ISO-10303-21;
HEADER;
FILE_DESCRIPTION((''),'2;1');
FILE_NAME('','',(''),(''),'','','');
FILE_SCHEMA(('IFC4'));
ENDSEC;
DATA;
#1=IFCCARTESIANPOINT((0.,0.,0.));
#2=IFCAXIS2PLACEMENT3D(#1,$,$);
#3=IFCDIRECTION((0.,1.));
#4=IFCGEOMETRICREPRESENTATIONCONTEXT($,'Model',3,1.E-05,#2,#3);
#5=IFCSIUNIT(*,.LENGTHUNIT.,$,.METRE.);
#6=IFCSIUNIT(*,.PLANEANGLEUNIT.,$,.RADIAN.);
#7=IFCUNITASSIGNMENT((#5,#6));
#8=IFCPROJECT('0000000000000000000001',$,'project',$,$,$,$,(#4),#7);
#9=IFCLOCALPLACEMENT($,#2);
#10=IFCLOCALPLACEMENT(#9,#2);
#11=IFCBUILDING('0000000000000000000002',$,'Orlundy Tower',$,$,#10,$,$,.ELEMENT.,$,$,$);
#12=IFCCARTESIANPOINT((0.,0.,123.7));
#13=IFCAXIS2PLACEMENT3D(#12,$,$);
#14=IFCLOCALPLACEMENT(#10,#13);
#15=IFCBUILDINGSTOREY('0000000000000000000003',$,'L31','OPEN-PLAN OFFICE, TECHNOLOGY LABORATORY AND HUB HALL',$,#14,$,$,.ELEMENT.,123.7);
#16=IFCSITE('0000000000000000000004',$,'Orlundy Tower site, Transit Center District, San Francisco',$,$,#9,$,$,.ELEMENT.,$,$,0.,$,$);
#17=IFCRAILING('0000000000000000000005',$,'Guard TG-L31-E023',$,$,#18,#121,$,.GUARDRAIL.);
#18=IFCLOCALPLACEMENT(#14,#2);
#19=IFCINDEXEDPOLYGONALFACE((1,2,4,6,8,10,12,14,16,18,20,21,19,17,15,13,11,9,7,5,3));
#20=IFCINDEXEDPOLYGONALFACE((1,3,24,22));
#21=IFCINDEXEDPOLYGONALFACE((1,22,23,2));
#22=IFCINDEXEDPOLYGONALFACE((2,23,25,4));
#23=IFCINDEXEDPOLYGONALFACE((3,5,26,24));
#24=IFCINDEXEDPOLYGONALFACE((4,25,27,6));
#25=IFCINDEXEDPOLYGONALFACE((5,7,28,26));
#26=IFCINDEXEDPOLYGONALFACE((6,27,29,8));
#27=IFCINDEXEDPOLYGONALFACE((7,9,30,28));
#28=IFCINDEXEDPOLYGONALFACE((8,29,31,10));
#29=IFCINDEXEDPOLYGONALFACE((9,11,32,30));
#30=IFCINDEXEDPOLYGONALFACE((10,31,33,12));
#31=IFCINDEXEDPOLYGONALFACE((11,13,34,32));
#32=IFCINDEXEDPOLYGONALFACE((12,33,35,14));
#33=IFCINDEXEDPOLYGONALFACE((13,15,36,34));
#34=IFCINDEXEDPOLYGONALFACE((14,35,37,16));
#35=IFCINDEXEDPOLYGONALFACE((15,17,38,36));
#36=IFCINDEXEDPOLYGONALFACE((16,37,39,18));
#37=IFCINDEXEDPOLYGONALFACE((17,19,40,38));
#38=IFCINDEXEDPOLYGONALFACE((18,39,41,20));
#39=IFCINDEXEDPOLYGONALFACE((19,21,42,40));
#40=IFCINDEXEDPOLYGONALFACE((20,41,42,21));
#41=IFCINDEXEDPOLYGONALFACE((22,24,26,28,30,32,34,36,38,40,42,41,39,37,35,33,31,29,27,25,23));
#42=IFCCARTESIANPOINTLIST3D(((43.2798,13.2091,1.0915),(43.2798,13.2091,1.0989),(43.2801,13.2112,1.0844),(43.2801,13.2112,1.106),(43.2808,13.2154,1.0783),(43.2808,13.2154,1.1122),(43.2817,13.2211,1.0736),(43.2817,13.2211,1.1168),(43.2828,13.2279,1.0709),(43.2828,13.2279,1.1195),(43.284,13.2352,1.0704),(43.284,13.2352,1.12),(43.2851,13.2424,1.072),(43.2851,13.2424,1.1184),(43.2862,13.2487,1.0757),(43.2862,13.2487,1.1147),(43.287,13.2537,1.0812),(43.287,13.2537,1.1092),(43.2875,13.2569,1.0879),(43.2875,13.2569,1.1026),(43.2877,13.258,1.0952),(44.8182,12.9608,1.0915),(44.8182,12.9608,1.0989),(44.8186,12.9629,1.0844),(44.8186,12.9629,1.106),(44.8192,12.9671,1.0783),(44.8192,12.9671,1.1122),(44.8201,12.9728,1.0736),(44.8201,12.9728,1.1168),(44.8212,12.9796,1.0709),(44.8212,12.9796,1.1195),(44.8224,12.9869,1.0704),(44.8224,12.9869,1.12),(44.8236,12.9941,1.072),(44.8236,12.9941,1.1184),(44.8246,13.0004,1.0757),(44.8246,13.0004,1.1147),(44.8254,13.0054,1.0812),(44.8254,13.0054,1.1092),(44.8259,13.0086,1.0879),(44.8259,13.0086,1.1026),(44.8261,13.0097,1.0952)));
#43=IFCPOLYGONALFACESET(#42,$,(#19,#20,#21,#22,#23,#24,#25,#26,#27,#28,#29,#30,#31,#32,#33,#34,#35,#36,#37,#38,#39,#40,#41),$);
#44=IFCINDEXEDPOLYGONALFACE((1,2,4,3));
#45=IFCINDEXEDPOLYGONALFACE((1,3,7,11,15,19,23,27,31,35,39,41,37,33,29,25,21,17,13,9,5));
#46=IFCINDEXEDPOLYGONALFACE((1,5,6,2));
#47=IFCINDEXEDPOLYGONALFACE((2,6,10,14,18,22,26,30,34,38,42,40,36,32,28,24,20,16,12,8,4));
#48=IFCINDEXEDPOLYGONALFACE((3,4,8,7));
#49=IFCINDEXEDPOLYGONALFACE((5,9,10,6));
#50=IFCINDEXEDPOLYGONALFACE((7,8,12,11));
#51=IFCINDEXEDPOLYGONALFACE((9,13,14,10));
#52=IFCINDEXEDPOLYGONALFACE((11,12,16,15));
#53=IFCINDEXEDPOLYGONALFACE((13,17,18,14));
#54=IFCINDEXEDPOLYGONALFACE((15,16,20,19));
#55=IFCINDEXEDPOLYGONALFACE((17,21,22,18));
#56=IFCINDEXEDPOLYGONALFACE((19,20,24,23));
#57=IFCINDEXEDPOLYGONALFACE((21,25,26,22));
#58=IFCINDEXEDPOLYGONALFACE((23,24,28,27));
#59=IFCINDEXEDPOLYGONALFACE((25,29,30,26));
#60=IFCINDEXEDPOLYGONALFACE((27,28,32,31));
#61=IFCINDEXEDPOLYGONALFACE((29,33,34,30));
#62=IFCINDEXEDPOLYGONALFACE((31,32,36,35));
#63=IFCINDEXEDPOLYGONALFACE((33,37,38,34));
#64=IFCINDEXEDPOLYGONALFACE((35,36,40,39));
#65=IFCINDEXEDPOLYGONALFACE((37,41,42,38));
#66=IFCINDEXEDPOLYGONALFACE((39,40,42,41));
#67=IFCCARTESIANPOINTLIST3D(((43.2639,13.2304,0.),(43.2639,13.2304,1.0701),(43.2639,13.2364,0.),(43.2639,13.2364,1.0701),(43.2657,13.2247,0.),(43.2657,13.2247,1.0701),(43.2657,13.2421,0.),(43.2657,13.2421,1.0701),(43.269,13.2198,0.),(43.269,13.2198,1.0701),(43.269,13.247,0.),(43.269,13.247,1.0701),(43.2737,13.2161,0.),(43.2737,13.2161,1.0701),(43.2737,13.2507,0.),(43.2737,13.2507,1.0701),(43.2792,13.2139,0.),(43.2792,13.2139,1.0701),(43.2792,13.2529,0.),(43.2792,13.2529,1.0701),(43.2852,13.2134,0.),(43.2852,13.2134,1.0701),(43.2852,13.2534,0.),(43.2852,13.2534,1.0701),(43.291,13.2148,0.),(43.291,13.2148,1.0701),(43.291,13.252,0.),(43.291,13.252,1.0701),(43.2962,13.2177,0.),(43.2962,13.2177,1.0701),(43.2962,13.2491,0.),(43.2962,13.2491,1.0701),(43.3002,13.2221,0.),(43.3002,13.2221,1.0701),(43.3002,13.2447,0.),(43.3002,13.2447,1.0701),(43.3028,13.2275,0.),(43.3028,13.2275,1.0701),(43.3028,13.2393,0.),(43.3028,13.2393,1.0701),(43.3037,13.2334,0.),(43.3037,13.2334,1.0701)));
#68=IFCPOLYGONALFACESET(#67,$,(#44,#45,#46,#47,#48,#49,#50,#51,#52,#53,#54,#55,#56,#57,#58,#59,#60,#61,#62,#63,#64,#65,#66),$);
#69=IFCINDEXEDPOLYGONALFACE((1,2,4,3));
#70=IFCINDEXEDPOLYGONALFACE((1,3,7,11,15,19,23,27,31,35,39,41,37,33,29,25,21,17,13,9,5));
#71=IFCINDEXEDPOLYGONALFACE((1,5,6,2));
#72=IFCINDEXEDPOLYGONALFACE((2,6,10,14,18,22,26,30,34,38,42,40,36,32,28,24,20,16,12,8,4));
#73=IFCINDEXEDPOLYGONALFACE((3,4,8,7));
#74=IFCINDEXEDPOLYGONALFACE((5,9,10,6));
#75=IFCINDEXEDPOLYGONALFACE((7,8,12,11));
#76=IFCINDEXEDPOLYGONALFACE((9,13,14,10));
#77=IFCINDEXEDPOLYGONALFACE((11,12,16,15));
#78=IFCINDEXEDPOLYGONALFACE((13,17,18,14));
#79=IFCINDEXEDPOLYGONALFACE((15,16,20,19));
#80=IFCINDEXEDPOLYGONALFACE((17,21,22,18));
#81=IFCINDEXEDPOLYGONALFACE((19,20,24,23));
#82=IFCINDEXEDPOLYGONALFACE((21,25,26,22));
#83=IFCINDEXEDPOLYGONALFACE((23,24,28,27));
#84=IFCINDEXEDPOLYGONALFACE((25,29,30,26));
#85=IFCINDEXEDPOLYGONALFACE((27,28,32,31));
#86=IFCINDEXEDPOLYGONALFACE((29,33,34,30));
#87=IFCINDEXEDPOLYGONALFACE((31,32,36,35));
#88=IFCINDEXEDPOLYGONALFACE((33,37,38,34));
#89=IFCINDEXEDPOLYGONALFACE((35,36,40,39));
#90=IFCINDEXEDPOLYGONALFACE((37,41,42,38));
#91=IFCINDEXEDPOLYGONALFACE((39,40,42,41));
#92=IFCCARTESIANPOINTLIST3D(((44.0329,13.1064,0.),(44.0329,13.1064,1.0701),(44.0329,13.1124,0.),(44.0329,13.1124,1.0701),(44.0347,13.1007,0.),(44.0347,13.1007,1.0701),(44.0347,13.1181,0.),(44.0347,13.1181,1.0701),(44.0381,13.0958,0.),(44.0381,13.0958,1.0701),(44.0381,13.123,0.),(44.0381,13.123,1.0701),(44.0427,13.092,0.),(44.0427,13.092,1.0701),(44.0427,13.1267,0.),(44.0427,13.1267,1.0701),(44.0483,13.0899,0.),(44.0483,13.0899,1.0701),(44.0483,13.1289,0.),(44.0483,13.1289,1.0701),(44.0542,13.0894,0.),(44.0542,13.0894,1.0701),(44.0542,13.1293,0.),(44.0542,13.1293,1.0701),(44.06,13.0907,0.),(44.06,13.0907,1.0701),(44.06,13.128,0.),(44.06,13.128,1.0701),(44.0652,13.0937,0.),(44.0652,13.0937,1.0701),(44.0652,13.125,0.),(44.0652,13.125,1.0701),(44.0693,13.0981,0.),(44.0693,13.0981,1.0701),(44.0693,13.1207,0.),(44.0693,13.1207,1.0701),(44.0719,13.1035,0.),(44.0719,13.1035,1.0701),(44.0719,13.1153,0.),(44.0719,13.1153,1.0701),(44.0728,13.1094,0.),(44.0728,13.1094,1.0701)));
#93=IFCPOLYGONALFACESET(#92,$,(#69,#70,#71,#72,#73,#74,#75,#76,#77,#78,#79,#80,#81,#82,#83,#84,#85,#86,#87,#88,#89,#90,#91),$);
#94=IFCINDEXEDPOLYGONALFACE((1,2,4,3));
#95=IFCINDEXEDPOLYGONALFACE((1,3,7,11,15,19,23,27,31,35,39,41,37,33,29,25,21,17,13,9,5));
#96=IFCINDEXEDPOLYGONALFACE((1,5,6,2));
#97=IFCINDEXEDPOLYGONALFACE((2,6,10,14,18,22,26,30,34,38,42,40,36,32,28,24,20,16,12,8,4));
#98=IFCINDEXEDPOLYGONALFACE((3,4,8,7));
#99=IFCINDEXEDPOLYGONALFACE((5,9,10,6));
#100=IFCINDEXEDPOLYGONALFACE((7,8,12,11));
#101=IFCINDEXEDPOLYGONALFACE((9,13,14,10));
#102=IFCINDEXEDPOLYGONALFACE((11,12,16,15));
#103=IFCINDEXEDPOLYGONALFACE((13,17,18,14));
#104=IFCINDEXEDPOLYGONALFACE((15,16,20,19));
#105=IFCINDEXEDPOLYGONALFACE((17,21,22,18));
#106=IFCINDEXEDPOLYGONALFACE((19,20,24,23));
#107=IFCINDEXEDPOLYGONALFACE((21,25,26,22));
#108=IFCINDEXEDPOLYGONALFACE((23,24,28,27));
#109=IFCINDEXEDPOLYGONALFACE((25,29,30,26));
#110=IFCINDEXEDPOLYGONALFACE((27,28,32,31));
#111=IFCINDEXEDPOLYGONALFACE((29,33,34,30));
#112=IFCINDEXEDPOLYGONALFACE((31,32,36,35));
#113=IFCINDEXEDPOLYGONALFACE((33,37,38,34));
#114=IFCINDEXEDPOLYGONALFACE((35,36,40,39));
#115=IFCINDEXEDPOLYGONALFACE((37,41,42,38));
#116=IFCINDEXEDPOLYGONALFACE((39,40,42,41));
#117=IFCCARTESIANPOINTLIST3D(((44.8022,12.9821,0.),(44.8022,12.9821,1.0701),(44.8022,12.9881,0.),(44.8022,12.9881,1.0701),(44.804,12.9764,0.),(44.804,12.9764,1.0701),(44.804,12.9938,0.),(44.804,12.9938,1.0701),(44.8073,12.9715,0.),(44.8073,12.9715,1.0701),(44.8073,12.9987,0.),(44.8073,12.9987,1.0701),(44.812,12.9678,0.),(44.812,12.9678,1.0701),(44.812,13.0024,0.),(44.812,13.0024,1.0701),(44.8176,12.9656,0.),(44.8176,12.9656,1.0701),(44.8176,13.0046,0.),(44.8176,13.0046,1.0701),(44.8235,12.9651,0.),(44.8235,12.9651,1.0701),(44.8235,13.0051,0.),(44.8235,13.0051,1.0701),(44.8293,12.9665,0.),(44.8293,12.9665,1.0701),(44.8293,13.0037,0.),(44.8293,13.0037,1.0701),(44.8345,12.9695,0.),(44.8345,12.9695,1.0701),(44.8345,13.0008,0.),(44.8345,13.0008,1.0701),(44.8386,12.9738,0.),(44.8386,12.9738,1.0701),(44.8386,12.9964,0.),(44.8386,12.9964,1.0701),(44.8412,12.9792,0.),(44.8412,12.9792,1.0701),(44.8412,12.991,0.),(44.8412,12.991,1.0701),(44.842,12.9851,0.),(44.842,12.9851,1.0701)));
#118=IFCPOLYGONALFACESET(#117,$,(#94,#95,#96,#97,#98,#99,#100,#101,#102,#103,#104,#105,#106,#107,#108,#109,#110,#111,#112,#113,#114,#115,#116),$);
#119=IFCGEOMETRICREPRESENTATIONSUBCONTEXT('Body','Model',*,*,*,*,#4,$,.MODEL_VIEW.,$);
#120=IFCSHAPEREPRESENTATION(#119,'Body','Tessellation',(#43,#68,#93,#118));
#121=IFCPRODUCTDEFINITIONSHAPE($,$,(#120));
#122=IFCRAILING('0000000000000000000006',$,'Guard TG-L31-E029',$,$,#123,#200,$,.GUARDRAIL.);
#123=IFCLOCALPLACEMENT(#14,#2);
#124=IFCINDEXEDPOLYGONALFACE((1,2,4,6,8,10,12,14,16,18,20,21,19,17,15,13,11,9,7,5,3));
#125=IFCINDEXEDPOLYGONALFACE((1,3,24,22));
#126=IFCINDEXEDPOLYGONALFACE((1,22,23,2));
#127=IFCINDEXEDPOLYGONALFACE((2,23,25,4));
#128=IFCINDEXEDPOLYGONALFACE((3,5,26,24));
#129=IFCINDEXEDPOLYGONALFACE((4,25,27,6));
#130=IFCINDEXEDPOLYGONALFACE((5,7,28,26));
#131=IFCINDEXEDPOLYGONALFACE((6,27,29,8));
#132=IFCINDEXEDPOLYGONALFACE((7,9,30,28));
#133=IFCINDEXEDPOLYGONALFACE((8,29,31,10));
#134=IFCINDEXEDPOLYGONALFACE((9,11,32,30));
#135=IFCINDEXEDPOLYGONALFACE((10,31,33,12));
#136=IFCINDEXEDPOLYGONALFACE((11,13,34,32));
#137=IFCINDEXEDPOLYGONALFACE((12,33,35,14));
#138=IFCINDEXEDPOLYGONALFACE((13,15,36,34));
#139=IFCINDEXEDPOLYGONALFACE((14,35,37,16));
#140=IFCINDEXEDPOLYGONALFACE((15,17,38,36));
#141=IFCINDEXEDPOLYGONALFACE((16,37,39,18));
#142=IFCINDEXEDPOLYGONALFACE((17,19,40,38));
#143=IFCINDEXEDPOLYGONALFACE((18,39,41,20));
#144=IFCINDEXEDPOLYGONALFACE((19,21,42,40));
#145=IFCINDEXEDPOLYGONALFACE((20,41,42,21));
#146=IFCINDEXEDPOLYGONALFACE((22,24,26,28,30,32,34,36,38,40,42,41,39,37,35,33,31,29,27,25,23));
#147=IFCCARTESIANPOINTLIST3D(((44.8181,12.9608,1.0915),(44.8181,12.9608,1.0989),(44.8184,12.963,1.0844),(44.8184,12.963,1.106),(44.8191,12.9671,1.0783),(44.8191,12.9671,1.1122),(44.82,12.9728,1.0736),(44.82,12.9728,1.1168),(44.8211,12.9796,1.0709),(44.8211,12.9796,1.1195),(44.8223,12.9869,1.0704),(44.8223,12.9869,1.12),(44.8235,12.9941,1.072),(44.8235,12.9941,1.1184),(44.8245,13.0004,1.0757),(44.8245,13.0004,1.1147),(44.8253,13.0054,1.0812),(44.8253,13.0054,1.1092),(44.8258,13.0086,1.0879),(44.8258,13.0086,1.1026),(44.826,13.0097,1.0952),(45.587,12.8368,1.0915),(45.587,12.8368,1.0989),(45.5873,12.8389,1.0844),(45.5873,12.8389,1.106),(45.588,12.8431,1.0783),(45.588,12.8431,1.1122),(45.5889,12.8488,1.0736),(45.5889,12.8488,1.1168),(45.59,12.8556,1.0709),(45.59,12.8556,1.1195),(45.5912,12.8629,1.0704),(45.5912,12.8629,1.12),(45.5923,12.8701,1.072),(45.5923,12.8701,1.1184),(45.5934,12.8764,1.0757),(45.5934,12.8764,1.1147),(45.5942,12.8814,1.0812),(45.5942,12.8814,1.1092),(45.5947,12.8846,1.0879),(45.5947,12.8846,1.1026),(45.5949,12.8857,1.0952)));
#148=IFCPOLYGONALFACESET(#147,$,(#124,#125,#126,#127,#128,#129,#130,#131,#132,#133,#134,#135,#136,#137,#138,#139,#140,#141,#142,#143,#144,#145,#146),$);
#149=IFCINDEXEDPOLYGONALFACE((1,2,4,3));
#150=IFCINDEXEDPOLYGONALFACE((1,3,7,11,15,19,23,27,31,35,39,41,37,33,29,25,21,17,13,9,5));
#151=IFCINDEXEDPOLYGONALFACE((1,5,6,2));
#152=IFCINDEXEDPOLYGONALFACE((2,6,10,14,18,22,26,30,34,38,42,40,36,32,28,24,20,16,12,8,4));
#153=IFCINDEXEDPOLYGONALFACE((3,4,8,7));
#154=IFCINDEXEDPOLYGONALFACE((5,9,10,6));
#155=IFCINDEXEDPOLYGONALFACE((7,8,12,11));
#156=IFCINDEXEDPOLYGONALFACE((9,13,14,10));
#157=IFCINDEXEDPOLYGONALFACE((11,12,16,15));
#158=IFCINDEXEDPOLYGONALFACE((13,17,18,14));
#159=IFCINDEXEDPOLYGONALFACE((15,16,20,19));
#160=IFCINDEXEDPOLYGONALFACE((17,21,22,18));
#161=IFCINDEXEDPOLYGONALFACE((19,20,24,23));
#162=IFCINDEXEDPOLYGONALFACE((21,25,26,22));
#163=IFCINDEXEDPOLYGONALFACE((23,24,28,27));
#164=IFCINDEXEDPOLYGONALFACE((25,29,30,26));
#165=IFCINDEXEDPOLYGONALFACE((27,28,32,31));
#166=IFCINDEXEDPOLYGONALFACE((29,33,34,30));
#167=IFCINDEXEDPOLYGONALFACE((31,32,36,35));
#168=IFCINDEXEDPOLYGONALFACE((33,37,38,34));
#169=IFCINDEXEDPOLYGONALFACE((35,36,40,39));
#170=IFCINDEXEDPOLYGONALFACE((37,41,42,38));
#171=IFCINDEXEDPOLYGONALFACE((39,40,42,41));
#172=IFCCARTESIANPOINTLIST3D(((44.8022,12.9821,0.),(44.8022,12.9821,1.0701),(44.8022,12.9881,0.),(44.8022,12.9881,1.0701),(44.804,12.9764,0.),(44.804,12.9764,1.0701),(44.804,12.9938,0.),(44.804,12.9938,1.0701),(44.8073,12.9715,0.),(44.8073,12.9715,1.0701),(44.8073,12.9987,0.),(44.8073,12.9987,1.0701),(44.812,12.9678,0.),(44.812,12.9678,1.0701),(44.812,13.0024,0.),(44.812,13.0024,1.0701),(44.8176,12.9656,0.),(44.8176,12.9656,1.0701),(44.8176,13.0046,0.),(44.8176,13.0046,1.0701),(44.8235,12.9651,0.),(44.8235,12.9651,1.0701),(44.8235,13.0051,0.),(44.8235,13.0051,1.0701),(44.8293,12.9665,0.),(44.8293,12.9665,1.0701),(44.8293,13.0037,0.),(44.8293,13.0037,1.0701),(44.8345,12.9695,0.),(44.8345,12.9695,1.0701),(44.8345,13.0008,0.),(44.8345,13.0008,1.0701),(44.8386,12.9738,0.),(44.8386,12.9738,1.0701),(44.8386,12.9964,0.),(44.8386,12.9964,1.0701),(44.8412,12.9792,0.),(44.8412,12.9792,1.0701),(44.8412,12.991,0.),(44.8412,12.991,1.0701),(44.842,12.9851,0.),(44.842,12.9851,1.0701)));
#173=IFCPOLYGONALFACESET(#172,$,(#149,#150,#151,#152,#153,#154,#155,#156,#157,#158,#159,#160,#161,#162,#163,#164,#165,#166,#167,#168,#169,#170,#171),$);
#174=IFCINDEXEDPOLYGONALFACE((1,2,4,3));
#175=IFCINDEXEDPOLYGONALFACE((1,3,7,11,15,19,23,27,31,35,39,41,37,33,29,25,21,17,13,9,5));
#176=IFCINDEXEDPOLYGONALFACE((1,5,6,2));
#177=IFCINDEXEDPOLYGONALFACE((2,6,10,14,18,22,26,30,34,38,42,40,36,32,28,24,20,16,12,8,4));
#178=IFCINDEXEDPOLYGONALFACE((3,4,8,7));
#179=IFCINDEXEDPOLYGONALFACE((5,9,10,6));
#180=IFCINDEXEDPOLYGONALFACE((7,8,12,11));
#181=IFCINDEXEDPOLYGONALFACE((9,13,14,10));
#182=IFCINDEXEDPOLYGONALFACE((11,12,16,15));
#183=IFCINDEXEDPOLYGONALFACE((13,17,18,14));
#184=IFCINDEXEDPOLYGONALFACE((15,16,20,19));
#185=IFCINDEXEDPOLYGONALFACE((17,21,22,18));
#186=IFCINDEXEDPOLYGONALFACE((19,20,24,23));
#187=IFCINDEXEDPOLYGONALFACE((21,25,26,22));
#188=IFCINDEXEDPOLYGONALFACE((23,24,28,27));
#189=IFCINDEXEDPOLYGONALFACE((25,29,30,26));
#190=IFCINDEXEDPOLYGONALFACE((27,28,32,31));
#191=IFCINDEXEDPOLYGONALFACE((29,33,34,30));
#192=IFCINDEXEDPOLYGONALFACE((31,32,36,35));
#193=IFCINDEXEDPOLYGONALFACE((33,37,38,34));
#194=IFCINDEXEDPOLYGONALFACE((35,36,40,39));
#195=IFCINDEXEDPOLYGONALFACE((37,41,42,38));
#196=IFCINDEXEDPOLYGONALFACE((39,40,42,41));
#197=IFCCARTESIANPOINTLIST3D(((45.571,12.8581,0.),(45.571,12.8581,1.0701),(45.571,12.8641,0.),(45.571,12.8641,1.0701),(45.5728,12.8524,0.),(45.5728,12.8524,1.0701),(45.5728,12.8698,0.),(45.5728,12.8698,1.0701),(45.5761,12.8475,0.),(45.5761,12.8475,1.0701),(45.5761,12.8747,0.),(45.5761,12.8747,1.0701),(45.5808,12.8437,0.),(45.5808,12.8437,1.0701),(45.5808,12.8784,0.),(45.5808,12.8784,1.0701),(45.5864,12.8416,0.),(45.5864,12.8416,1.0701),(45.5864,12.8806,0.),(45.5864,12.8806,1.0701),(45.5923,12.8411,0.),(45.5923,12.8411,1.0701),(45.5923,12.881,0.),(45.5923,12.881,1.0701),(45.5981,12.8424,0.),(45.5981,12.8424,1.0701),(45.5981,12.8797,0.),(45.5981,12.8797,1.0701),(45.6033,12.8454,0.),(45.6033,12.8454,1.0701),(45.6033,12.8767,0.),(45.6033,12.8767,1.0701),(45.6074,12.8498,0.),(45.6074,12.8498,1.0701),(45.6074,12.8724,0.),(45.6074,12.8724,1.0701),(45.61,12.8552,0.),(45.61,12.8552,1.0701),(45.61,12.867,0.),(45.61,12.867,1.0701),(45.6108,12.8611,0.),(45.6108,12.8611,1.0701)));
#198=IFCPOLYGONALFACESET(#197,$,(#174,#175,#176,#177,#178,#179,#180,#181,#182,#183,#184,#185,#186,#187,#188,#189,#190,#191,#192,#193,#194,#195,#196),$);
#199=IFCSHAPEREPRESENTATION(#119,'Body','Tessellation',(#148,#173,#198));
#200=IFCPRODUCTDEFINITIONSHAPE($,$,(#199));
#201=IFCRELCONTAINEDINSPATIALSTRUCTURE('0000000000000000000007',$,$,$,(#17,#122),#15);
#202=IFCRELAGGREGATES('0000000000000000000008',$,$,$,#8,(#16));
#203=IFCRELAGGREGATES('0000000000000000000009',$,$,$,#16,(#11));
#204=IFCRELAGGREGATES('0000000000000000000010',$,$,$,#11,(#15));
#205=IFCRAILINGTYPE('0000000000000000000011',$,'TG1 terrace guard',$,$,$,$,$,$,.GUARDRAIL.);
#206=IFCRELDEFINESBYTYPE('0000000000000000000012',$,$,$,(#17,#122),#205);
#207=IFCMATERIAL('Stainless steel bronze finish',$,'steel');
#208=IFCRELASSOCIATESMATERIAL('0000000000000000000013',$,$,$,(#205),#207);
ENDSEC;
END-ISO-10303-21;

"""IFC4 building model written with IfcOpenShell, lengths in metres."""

from ifc_helpers import new_model, si_unit, direction, frame, origin, origin_2d, place, context, subcontext, project, spatial, circle, extrude, material, type_object, element, save


model = new_model("IFC4")

# Units and contexts
model_context = context("Model", 3, precision=1e-05, world=origin(), true_north=direction((0.0, 1.0)))
body_context = subcontext(model_context, "Body", "Model", "MODEL_VIEW")
ifc_project = project(units=[si_unit("LENGTHUNIT", "METRE"), si_unit("PLANEANGLEUNIT", "RADIAN")], contexts=[model_context])

# Site, building, storey
site_placement = place(None, origin())
site = spatial("IfcSite", under=ifc_project, at=site_placement, Name="Orlundy Tower site, Transit Center District, San Francisco", CompositionType="ELEMENT", RefElevation=0.0)
building_placement = place(site_placement, origin())
building = spatial("IfcBuilding", under=site, at=building_placement, Name="Orlundy Tower", CompositionType="ELEMENT")
storey_placement = place(building_placement, frame((0.0, 0.0, 123.7)))
storey = spatial("IfcBuildingStorey", under=building, at=storey_placement, Name="L31", Description="OPEN-PLAN OFFICE, TECHNOLOGY LABORATORY AND HUB HALL", CompositionType="ELEMENT", Elevation=123.7)

# Railings
ifc_material_1 = material(Name="Stainless steel bronze finish", Category="steel")
railing_type = type_object("IfcRailingType", Name="TG1 terrace guard", PredefinedType="GUARDRAIL", material=ifc_material_1)
railing_1_placement = place(storey_placement, frame((43.2837, 13.2334, 0.0)))
element("IfcRailing", 1, at=railing_1_placement, inside=storey, type_object=railing_type, Name="Guard TG-L31-E023", PredefinedType="GUARDRAIL", context=body_context, shape_type="SweptSolid", body=[
    extrude(circle(Radius=0.0249, at=origin_2d()), frame((0.0, 0.0, 1.0952), z_axis=(0.987224, -0.159341, 0.0), x_axis=(0.159341, 0.987224, 0.0)), (0.0, 0.0, 1.0), 1.5583),
    extrude(circle(Radius=0.02, at=origin_2d()), origin(), (0.0, 0.0, 1.0), 1.0701),
    extrude(circle(Radius=0.02, at=origin_2d()), frame((0.769, -0.124, 0.0)), (0.0, 0.0, 1.0), 1.0701),
    extrude(circle(Radius=0.02, at=origin_2d()), frame((1.5383, -0.2483, 0.0)), (0.0, 0.0, 1.0), 1.0701),
])
railing_2_placement = place(storey_placement, frame((44.822, 12.9851, 0.0)))
element("IfcRailing", 2, at=railing_2_placement, inside=storey, type_object=railing_type, Name="Guard TG-L31-E029", PredefinedType="GUARDRAIL", context=body_context, shape_type="SweptSolid", body=[
    extrude(circle(Radius=0.0249, at=origin_2d()), frame((0.0, 0.0, 1.0952), z_axis=(0.987236, -0.159262, 0.0), x_axis=(0.159262, 0.987236, 0.0)), (0.0, 0.0, 1.0), 0.7788),
    extrude(circle(Radius=0.02, at=origin_2d()), origin(), (0.0, 0.0, 1.0), 1.0701),
    extrude(circle(Radius=0.02, at=origin_2d()), frame((0.7688, -0.124, 0.0)), (0.0, 0.0, 1.0), 1.0701),
])

save(model, "model.ifc")
